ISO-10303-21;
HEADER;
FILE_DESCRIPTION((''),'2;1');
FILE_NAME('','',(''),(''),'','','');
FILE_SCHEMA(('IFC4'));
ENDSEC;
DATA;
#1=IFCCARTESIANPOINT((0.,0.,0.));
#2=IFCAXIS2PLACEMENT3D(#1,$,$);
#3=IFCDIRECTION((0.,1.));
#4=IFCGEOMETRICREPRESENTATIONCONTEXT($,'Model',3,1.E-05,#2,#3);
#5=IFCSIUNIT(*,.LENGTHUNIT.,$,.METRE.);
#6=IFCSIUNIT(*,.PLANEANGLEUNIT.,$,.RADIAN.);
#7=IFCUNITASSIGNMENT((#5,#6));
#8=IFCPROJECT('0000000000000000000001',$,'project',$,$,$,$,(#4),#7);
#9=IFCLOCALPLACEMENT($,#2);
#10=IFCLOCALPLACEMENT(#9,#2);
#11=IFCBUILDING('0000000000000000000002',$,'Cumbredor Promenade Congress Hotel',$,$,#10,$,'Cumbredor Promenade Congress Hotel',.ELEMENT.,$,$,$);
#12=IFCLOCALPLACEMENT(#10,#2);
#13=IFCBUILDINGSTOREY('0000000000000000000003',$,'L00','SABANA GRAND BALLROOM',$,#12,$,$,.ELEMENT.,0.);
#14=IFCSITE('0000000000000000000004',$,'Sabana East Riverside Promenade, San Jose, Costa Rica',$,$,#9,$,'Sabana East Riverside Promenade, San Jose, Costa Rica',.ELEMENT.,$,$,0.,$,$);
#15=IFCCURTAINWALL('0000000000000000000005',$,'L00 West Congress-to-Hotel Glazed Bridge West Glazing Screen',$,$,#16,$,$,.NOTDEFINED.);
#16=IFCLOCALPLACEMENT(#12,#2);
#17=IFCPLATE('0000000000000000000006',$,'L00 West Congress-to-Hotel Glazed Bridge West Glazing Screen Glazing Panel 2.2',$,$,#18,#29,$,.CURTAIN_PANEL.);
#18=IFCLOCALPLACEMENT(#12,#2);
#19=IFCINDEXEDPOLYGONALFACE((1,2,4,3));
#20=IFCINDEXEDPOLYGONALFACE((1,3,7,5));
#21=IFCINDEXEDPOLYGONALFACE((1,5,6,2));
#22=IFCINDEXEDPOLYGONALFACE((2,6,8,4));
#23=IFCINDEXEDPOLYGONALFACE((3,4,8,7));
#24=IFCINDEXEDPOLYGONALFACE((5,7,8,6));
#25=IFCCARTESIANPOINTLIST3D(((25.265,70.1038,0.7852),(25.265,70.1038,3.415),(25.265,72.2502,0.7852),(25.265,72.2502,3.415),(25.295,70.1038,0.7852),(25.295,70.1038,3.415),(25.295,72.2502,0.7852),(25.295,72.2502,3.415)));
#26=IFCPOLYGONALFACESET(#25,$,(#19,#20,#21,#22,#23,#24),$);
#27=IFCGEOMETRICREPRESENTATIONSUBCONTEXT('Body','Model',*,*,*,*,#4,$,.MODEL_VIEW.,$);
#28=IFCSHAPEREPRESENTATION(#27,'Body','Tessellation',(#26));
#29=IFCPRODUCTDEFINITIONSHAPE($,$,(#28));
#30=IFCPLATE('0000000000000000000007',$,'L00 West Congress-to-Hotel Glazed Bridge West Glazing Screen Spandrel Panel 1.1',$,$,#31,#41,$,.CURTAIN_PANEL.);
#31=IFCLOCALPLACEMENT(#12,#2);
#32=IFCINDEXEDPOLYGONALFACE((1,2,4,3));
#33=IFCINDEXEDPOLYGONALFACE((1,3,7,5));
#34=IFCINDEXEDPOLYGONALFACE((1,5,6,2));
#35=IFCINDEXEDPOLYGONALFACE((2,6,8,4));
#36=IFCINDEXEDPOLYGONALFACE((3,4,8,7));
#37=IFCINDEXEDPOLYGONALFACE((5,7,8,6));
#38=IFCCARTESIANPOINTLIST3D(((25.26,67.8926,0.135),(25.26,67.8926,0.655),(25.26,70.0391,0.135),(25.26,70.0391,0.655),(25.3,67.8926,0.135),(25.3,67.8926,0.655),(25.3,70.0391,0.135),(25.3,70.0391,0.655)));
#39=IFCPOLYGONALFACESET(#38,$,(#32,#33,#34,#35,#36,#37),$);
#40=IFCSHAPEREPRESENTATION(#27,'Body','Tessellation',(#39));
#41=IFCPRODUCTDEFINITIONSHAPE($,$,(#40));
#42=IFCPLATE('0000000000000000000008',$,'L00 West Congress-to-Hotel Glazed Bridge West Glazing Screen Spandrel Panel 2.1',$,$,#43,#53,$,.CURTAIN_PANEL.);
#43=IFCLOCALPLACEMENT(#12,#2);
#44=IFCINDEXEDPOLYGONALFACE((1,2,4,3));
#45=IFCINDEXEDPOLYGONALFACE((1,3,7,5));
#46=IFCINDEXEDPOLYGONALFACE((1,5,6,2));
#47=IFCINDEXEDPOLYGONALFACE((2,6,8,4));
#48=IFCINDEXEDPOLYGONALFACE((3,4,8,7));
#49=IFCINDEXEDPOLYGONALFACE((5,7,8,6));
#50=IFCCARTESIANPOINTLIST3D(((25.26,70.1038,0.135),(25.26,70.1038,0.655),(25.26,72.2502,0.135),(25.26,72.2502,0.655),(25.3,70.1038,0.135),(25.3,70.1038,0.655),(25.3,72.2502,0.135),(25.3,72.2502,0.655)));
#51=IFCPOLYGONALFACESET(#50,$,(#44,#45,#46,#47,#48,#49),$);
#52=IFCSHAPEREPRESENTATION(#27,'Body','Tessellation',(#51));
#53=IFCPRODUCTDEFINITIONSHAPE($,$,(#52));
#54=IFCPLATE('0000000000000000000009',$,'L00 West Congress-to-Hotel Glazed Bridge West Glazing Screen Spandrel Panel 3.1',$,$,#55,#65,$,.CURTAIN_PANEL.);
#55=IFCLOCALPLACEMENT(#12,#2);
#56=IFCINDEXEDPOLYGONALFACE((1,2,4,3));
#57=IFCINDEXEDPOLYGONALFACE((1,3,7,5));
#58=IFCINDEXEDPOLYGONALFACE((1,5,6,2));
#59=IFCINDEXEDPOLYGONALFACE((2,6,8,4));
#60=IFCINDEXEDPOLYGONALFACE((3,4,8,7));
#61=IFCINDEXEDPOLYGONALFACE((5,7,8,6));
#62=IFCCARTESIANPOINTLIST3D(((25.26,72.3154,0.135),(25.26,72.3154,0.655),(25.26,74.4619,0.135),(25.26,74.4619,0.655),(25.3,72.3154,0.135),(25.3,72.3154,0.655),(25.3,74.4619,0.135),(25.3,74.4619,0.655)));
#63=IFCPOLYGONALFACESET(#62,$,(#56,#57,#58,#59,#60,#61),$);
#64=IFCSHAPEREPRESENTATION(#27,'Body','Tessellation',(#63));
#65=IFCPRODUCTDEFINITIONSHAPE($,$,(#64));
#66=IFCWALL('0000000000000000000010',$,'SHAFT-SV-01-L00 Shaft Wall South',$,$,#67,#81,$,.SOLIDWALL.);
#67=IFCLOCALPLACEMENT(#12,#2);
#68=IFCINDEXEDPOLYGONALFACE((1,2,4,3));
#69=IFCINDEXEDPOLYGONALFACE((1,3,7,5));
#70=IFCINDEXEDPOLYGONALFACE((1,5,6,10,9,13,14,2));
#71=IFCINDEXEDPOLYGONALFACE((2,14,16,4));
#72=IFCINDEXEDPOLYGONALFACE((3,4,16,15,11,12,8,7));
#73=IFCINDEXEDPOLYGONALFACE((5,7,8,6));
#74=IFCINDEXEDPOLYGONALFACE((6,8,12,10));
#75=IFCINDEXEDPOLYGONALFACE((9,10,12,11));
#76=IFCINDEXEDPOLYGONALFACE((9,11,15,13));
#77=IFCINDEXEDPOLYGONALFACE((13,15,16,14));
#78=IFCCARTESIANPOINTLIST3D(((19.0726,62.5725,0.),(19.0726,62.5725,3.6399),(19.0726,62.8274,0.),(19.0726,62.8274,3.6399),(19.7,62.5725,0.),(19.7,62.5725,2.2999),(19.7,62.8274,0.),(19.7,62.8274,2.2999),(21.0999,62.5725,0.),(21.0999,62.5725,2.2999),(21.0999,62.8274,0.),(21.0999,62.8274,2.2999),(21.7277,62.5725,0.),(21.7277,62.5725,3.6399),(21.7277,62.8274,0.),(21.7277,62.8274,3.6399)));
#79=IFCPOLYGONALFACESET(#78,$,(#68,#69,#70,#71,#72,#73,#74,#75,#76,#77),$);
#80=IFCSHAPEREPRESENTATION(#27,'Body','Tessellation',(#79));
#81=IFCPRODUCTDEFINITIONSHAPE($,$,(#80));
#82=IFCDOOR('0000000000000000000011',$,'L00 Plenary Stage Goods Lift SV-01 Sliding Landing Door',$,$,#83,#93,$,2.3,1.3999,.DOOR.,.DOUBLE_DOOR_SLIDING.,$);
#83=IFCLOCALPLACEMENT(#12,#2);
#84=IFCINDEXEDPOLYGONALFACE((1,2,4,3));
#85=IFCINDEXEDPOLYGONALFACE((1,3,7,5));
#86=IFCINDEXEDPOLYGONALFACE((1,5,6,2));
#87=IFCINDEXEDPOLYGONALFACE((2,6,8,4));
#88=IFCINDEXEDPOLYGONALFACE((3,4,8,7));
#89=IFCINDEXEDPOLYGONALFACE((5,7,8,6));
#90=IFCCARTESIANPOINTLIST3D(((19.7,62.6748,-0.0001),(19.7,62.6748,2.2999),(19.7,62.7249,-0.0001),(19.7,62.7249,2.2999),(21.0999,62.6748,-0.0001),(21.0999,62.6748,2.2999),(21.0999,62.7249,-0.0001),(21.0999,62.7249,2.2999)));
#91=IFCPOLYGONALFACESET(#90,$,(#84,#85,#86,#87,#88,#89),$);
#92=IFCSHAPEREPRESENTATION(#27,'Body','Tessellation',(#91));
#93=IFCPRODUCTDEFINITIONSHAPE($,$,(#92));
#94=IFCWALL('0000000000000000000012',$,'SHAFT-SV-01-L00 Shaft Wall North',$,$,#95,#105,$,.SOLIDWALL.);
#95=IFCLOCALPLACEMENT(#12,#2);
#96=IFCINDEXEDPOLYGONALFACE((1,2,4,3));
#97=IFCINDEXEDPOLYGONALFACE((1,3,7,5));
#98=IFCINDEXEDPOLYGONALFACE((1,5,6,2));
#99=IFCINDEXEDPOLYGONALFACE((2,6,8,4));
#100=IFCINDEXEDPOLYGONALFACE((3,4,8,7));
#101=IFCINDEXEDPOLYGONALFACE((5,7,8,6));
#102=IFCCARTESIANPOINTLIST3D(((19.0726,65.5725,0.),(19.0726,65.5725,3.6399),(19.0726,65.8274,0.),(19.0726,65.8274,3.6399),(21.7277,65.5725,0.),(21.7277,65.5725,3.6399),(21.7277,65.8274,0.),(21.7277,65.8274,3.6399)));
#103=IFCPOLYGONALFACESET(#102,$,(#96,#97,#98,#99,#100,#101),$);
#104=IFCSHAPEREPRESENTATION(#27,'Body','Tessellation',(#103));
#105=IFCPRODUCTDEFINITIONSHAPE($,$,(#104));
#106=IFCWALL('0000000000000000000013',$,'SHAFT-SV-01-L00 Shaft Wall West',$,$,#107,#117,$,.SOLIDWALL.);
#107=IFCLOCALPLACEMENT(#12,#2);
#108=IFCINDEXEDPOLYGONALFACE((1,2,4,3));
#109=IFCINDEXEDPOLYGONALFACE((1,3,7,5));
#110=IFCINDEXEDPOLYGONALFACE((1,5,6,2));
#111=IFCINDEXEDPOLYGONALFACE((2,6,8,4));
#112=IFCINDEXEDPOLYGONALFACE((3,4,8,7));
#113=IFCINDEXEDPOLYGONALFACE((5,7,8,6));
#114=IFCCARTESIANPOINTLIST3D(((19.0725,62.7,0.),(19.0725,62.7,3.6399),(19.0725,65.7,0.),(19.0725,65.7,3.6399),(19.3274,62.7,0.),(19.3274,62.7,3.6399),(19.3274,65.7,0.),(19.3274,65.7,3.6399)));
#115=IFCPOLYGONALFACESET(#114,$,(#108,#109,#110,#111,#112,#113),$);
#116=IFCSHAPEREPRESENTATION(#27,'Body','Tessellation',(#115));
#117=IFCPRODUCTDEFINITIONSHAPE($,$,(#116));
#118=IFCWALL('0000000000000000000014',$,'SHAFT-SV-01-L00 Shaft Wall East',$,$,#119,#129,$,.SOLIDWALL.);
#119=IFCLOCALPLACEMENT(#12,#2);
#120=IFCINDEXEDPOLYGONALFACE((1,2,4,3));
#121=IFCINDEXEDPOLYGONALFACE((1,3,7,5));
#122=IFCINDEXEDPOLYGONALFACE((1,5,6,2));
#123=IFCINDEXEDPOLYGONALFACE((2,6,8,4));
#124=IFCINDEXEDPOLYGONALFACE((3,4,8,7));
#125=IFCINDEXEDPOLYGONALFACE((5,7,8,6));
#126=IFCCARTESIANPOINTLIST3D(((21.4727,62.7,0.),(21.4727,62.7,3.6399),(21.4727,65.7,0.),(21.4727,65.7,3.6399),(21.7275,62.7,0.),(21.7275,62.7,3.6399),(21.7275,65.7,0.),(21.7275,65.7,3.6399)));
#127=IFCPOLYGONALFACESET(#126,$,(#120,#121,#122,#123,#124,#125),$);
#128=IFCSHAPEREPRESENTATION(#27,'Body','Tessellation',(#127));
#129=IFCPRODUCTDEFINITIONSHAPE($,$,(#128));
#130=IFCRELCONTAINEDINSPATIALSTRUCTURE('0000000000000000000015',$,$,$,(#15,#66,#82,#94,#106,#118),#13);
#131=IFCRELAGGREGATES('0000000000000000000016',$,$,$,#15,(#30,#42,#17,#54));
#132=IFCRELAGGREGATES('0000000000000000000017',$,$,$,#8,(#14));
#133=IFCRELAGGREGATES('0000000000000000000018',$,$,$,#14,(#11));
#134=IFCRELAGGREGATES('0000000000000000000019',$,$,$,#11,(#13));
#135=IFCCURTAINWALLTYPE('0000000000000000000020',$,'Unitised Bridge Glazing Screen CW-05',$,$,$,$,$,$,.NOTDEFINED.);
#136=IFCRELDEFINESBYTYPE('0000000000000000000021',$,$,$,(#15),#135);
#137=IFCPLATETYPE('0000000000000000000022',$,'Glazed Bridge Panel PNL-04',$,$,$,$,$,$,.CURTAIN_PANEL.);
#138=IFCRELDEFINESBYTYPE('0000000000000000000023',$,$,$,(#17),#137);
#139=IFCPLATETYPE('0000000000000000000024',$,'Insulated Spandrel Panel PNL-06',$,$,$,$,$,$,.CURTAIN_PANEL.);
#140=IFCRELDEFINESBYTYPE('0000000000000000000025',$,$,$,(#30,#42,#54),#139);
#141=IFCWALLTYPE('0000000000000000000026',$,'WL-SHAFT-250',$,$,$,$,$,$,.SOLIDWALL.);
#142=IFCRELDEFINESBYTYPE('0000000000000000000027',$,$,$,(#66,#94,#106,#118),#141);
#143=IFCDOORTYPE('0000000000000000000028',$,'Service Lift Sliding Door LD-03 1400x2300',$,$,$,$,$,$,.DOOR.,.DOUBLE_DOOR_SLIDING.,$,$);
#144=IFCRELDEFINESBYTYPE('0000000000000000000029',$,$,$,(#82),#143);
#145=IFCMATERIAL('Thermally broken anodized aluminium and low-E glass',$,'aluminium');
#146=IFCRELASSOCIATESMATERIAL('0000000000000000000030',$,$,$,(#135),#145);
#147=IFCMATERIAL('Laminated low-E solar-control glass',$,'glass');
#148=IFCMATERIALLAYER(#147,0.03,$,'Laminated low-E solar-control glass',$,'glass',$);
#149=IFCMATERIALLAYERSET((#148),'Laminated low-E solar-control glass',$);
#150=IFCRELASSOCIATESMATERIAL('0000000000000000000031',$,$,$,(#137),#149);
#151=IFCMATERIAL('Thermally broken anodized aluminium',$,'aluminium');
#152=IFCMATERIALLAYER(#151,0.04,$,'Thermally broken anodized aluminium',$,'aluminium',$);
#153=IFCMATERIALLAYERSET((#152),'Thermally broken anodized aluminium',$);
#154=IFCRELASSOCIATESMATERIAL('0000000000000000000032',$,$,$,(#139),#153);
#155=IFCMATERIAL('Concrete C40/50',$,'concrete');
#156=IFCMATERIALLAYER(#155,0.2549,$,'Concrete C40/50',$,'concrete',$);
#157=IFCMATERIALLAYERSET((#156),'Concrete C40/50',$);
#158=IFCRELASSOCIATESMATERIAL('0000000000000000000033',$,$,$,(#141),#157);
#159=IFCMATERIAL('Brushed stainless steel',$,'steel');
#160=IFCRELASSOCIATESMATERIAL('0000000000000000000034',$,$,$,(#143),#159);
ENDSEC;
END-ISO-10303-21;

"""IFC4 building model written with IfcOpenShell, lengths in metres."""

from ifc_helpers import new_model, si_unit, direction, frame, frame_2d, origin, origin_2d, place, context, subcontext, project, spatial, rectangle, extrude, material, layer, layer_set, type_object, element, fill, aggregate, save


model = new_model("IFC4")

# Units and contexts
model_context = context("Model", 3, precision=1e-05, world=origin(), true_north=direction((0.0, 1.0)))
body_context = subcontext(model_context, "Body", "Model", "MODEL_VIEW")
ifc_project = project(units=[si_unit("LENGTHUNIT", "METRE"), si_unit("PLANEANGLEUNIT", "RADIAN")], contexts=[model_context])

# Site, building, storey
site_placement = place(None, origin())
site = spatial("IfcSite", under=ifc_project, at=site_placement, Name="Sabana East Riverside Promenade, San Jose, Costa Rica", LongName="Sabana East Riverside Promenade, San Jose, Costa Rica", CompositionType="ELEMENT", RefElevation=0.0)
building_placement = place(site_placement, origin())
building = spatial("IfcBuilding", under=site, at=building_placement, Name="Cumbredor Promenade Congress Hotel", LongName="Cumbredor Promenade Congress Hotel", CompositionType="ELEMENT")
storey_placement = place(building_placement, origin())
storey = spatial("IfcBuildingStorey", under=building, at=storey_placement, Name="L00", Description="SABANA GRAND BALLROOM", CompositionType="ELEMENT", Elevation=0.0)

# Curtain wall, plates
ifc_material_1 = material(Name="Thermally broken anodized aluminium and low-E glass", Category="aluminium")
curtain_wall_type = type_object("IfcCurtainWallType", Name="Unitised Bridge Glazing Screen CW-05", PredefinedType="NOTDEFINED", material=ifc_material_1)
curtain_wall_placement = place(storey_placement, origin())
curtain_wall = element("IfcCurtainWall", 1, at=curtain_wall_placement, inside=storey, type_object=curtain_wall_type, Name="L00 West Congress-to-Hotel Glazed Bridge West Glazing Screen", PredefinedType="NOTDEFINED")
ifc_material_2 = material(Name="Thermally broken anodized aluminium", Category="aluminium")
ifc_material_3 = material(Name="Laminated low-E solar-control glass", Category="glass")
ifc_layer_1 = layer(ifc_material_3, 0.03, Name="Laminated low-E solar-control glass", Category="glass")
ifc_layer_set_1 = layer_set([ifc_layer_1], Name="Laminated low-E solar-control glass")
plate_type_1 = type_object("IfcPlateType", Name="Glazed Bridge Panel PNL-04", PredefinedType="CURTAIN_PANEL", material=ifc_layer_set_1)
plate_1_placement = place(storey_placement, frame((25.28, 71.177, 0.7852), z_axis=(0.0, 0.0, 1.0), x_axis=(0.0, 1.0, 0.0)))
plate_1 = element("IfcPlate", 2, at=plate_1_placement, type_object=plate_type_1, Name="L00 West Congress-to-Hotel Glazed Bridge West Glazing Screen Glazing Panel 2.2", PredefinedType="CURTAIN_PANEL", context=body_context, shape_type="SweptSolid", body=[
    extrude(rectangle(XDim=2.1465, YDim=0.03, at=origin_2d()), origin(), (0.0, 0.0, 1.0), 2.6299),
])
ifc_layer_2 = layer(ifc_material_2, 0.04, Name="Thermally broken anodized aluminium", Category="aluminium")
ifc_layer_set_2 = layer_set([ifc_layer_2], Name="Thermally broken anodized aluminium")
plate_type_2 = type_object("IfcPlateType", Name="Insulated Spandrel Panel PNL-06", PredefinedType="CURTAIN_PANEL", material=ifc_layer_set_2)
plate_2_placement = place(storey_placement, frame((25.28, 68.9658, 0.135), z_axis=(0.0, 0.0, 1.0), x_axis=(0.0, 1.0, 0.0)))
plate_2 = element("IfcPlate", 3, at=plate_2_placement, type_object=plate_type_2, Name="L00 West Congress-to-Hotel Glazed Bridge West Glazing Screen Spandrel Panel 1.1", PredefinedType="CURTAIN_PANEL", context=body_context, shape_type="SweptSolid", body=[
    extrude(rectangle(XDim=2.1465, YDim=0.04, at=origin_2d()), origin(), (0.0, 0.0, 1.0), 0.52),
])
plate_3_placement = place(storey_placement, frame((25.28, 71.177, 0.135), z_axis=(0.0, 0.0, 1.0), x_axis=(0.0, 1.0, 0.0)))
plate_3 = element("IfcPlate", 4, at=plate_3_placement, type_object=plate_type_2, Name="L00 West Congress-to-Hotel Glazed Bridge West Glazing Screen Spandrel Panel 2.1", PredefinedType="CURTAIN_PANEL", context=body_context, shape_type="SweptSolid", body=[
    extrude(rectangle(XDim=2.1465, YDim=0.04, at=origin_2d()), origin(), (0.0, 0.0, 1.0), 0.52),
])
plate_4_placement = place(storey_placement, frame((25.28, 73.3887, 0.135), z_axis=(0.0, 0.0, 1.0), x_axis=(0.0, 1.0, 0.0)))
plate_4 = element("IfcPlate", 5, at=plate_4_placement, type_object=plate_type_2, Name="L00 West Congress-to-Hotel Glazed Bridge West Glazing Screen Spandrel Panel 3.1", PredefinedType="CURTAIN_PANEL", context=body_context, shape_type="SweptSolid", body=[
    extrude(rectangle(XDim=2.1465, YDim=0.04, at=origin_2d()), origin(), (0.0, 0.0, 1.0), 0.52),
])
aggregate(curtain_wall, [plate_2, plate_3, plate_1, plate_4])

# Wall, opening, door
ifc_material_4 = material(Name="Concrete C40/50", Category="concrete")
ifc_layer_3 = layer(ifc_material_4, 0.2549, Name="Concrete C40/50", Category="concrete")
ifc_layer_set_3 = layer_set([ifc_layer_3], Name="Concrete C40/50")
wall_type = type_object("IfcWallType", Name="WL-SHAFT-250", PredefinedType="SOLIDWALL", material=ifc_layer_set_3)
wall_1_placement = place(storey_placement, frame((19.0725, 62.7, 0.0), z_axis=(0.0, 0.0, 1.0), x_axis=(1.0, 0.0, 0.0)))
wall_1 = element("IfcWall", 6, at=wall_1_placement, inside=storey, type_object=wall_type, Name="SHAFT-SV-01-L00 Shaft Wall South", PredefinedType="SOLIDWALL", context=body_context, shape_type="SweptSolid", body=[
    extrude(rectangle(XDim=2.655, YDim=0.2549, at=frame_2d((1.3276, 0.0))), origin(), (0.0, 0.0, 1.0), 3.6399),
])
opening_placement = place(wall_1_placement, frame((0.6274, 0.0, 0.0)))
opening = element("IfcOpeningElement", 7, at=opening_placement, cuts=wall_1, PredefinedType="OPENING", context=body_context, shape_type="SweptSolid", body=[
    extrude(rectangle(XDim=1.3999, YDim=2.3, at=frame_2d((0.7, 1.1499))), frame((0.0, 0.1375, 0.0), z_axis=(0.0, -1.0, 0.0), x_axis=(1.0, 0.0, 0.0)), (0.0, 0.0, 1.0), 0.2749),
])
ifc_material_5 = material(Name="Brushed stainless steel", Category="steel")
door_type = type_object("IfcDoorType", Name="Service Lift Sliding Door LD-03 1400x2300", OperationType="DOUBLE_DOOR_SLIDING", PredefinedType="DOOR", material=ifc_material_5)
door_placement = place(opening_placement, origin())
door = element("IfcDoor", 8, at=door_placement, inside=storey, type_object=door_type, Name="L00 Plenary Stage Goods Lift SV-01 Sliding Landing Door", OperationType="DOUBLE_DOOR_SLIDING", OverallHeight=2.3, OverallWidth=1.3999, PredefinedType="DOOR", context=body_context, shape_type="SweptSolid", body=[
    extrude(rectangle(XDim=1.3999, YDim=2.3, at=frame_2d((0.7, 1.1499))), frame((0.0, 0.0249, 0.0), z_axis=(0.0, -1.0, 0.0), x_axis=(1.0, 0.0, 0.0)), (0.0, 0.0, 1.0), 0.05),
])
fill(opening, door)

# Walls
wall_2_placement = place(storey_placement, frame((19.0725, 65.7, 0.0), z_axis=(0.0, 0.0, 1.0), x_axis=(1.0, 0.0, 0.0)))
element("IfcWall", 9, at=wall_2_placement, inside=storey, type_object=wall_type, Name="SHAFT-SV-01-L00 Shaft Wall North", PredefinedType="SOLIDWALL", context=body_context, shape_type="SweptSolid", body=[
    extrude(rectangle(XDim=2.655, YDim=0.2549, at=frame_2d((1.3276, 0.0))), origin(), (0.0, 0.0, 1.0), 3.6399),
])
for number, where, z_axis, x_axis, name in (
    (10, (19.2, 62.7, 0.0), (0.0, 0.0, 1.0), (0.0, 1.0, 0.0), "SHAFT-SV-01-L00 Shaft Wall West"),
    (11, (21.6001, 62.7, 0.0), (0.0, 0.0, 1.0), (0.0, 1.0, 0.0), "SHAFT-SV-01-L00 Shaft Wall East"),
):
    element("IfcWall", number, at=place(storey_placement, frame(where, z_axis=z_axis, x_axis=x_axis)), inside=storey, type_object=wall_type, Name=name, PredefinedType="SOLIDWALL", context=body_context, shape_type="SweptSolid", body=[
        extrude(rectangle(XDim=3.0, YDim=0.2549, at=frame_2d((1.5, 0.0))), origin(), (0.0, 0.0, 1.0), 3.6399),
    ])

save(model, "model.ifc")
